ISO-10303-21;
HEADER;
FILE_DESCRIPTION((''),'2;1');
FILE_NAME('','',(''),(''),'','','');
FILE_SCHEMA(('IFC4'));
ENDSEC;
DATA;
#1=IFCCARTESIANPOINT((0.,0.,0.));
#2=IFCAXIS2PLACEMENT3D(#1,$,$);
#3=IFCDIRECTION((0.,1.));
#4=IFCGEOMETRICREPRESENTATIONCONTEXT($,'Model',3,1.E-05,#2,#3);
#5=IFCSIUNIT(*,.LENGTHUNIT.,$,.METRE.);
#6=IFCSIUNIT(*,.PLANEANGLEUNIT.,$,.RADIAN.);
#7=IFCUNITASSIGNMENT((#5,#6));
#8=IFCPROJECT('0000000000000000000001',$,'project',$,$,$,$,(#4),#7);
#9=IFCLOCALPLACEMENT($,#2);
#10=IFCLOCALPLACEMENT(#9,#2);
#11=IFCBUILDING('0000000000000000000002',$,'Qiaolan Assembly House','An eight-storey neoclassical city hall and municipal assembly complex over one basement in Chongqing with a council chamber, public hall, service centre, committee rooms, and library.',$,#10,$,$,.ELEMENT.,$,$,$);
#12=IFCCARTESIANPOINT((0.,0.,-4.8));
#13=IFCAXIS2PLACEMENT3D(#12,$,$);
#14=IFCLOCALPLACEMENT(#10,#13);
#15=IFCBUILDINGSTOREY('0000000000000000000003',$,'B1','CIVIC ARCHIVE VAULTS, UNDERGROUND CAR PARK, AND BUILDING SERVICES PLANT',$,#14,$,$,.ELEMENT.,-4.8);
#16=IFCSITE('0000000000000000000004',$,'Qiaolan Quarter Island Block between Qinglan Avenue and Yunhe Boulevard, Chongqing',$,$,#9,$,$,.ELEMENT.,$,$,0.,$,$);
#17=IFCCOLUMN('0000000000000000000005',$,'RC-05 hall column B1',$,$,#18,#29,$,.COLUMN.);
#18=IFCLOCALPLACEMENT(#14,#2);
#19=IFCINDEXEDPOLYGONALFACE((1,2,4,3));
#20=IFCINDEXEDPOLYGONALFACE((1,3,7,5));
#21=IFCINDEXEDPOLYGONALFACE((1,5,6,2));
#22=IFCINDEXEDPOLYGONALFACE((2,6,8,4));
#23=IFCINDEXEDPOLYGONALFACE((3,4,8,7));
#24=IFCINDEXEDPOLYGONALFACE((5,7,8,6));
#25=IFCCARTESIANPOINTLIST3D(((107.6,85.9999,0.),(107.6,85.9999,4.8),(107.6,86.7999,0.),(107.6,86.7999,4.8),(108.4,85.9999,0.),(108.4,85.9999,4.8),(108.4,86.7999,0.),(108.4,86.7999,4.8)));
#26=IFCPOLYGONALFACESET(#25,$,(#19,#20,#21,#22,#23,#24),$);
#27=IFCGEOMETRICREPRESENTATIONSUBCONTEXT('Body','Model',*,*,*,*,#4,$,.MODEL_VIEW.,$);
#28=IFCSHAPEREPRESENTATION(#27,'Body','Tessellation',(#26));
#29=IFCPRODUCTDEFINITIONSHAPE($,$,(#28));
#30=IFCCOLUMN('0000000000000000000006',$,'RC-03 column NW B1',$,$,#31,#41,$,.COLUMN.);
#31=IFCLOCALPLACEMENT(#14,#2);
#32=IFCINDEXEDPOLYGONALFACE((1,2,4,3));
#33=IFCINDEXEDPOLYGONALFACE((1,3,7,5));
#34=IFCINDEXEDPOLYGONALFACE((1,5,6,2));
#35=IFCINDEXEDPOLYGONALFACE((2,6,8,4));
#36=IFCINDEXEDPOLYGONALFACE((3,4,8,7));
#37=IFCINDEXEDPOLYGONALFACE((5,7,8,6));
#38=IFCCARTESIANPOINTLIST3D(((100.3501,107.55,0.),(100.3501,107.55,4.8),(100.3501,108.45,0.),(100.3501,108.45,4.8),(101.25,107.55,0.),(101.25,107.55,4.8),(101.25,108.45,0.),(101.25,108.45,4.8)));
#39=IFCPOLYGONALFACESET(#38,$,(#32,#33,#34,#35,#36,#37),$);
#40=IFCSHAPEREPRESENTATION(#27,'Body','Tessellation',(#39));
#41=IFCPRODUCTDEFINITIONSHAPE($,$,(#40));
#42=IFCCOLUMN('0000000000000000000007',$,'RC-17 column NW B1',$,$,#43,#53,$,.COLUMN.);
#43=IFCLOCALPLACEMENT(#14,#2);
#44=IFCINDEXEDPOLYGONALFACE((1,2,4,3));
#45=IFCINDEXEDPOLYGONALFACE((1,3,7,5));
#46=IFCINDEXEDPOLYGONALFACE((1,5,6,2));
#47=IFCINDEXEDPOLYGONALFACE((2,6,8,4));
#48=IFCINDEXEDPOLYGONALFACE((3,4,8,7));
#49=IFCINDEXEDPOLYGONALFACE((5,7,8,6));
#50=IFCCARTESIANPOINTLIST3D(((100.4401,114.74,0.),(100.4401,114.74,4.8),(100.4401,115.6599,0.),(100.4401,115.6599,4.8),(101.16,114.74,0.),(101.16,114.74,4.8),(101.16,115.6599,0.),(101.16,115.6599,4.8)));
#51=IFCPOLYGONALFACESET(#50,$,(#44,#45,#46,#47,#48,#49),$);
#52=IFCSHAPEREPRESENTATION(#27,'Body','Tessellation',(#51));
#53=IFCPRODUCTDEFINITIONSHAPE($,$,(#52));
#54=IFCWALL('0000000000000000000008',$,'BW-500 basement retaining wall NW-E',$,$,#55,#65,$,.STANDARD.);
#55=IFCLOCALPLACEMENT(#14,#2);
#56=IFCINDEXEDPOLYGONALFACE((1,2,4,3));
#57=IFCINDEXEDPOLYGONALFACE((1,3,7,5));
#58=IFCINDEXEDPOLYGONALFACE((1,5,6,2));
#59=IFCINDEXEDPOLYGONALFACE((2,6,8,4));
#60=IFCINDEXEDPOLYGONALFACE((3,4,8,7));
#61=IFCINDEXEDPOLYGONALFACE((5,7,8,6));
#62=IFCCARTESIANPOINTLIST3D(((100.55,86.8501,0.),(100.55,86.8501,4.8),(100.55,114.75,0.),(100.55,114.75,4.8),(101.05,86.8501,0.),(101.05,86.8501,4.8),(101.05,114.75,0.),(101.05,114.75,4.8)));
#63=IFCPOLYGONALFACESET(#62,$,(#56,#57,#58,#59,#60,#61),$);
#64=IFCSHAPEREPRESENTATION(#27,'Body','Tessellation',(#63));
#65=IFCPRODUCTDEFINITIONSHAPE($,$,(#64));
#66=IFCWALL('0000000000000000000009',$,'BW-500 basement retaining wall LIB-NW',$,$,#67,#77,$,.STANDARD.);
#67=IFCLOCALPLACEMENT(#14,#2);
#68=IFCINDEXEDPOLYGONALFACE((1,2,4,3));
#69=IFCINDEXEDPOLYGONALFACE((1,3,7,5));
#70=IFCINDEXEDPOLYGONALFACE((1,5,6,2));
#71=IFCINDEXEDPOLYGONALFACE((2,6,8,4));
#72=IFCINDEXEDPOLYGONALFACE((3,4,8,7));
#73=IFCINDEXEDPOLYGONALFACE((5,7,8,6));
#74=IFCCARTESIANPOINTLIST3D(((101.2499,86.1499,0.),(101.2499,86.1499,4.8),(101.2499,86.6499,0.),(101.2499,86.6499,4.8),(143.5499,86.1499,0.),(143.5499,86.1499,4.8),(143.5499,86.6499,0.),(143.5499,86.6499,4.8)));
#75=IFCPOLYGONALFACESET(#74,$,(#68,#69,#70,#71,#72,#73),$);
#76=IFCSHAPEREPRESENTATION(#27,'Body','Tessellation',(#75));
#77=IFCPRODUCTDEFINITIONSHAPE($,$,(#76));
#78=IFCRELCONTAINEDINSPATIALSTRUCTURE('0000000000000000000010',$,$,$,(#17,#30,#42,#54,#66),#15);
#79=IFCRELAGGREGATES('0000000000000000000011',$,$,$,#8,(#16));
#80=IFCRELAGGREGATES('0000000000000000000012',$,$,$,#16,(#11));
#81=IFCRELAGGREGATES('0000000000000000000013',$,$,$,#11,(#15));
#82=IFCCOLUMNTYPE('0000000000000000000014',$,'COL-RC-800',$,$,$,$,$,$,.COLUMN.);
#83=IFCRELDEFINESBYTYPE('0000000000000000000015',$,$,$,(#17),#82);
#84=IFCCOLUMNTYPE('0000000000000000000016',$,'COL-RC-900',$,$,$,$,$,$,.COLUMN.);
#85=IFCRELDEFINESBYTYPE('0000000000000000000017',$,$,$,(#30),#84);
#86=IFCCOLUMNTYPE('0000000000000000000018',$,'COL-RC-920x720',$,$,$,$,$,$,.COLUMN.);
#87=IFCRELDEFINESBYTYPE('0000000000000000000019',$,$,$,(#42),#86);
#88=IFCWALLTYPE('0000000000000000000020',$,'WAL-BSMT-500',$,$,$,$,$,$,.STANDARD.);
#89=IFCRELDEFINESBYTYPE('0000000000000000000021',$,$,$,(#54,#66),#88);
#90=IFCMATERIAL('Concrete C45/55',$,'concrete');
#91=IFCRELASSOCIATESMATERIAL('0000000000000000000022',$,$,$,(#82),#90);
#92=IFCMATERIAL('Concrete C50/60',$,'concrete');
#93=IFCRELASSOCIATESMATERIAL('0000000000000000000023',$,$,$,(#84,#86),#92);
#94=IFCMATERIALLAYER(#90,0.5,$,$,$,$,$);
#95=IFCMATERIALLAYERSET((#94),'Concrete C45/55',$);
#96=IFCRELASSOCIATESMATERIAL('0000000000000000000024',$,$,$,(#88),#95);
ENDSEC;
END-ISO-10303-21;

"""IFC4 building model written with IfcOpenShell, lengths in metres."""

from ifc_helpers import new_model, si_unit, direction, frame, frame_2d, origin, origin_2d, place, context, subcontext, project, spatial, rectangle, extrude, material, layer, layer_set, material_profile, profile_set, type_object, element, save


model = new_model("IFC4")

# Units and contexts
model_context = context("Model", 3, precision=1e-05, world=origin(), true_north=direction((0.0, 1.0)))
body_context = subcontext(model_context, "Body", "Model", "MODEL_VIEW")
ifc_project = project(units=[si_unit("LENGTHUNIT", "METRE"), si_unit("PLANEANGLEUNIT", "RADIAN")], contexts=[model_context])

# Site, building, storey
site_placement = place(None, origin())
site = spatial("IfcSite", under=ifc_project, at=site_placement, Name="Qiaolan Quarter Island Block between Qinglan Avenue and Yunhe Boulevard, Chongqing", CompositionType="ELEMENT", RefElevation=0.0)
building_placement = place(site_placement, origin())
building = spatial("IfcBuilding", under=site, at=building_placement, Name="Qiaolan Assembly House", Description="An eight-storey neoclassical city hall and municipal assembly complex over one basement in Chongqing with a council chamber, public hall, service centre, committee rooms, and library.", CompositionType="ELEMENT")
storey_placement = place(building_placement, frame((0.0, 0.0, -4.8)))
storey = spatial("IfcBuildingStorey", under=building, at=storey_placement, Name="B1", Description="CIVIC ARCHIVE VAULTS, UNDERGROUND CAR PARK, AND BUILDING SERVICES PLANT", CompositionType="ELEMENT", Elevation=-4.8)

# Shared definitions
ifc_material_1 = material(Name="Concrete C45/55", Category="concrete")

# Columns
ifc_material_profile_1 = material_profile(ifc_material_1, rectangle(XDim=0.8, YDim=0.8, at=origin_2d()), Name="RC 800x800")
ifc_profile_set_1 = profile_set([ifc_material_profile_1], Name="Concrete C45/55")
column_type_1 = type_object("IfcColumnType", Name="COL-RC-800", PredefinedType="COLUMN", material=ifc_profile_set_1)
column_1_placement = place(storey_placement, frame((108.0, 86.3999, 0.0), z_axis=(0.0, 0.0, 1.0), x_axis=(1.0, 0.0, 0.0)))
element("IfcColumn", 1, at=column_1_placement, inside=storey, type_object=column_type_1, Name="RC-05 hall column B1", PredefinedType="COLUMN", context=body_context, shape_type="SweptSolid", body=[
    extrude(rectangle(XDim=0.8, YDim=0.8, at=origin_2d()), origin(), (0.0, 0.0, 1.0), 4.8),
])
ifc_material_2 = material(Name="Concrete C50/60", Category="concrete")
ifc_material_profile_2 = material_profile(ifc_material_2, rectangle(XDim=0.8999, YDim=0.8999, at=origin_2d()), Name="RC 900x900")
ifc_profile_set_2 = profile_set([ifc_material_profile_2], Name="Concrete C50/60")
column_type_2 = type_object("IfcColumnType", Name="COL-RC-900", PredefinedType="COLUMN", material=ifc_profile_set_2)
column_2_placement = place(storey_placement, frame((100.8, 108.0, 0.0), z_axis=(0.0, 0.0, 1.0), x_axis=(1.0, 0.0, 0.0)))
element("IfcColumn", 2, at=column_2_placement, inside=storey, type_object=column_type_2, Name="RC-03 column NW B1", PredefinedType="COLUMN", context=body_context, shape_type="SweptSolid", body=[
    extrude(rectangle(XDim=0.8999, YDim=0.8999, at=origin_2d()), origin(), (0.0, 0.0, 1.0), 4.8),
])
ifc_material_profile_3 = material_profile(ifc_material_2, rectangle(XDim=0.72, YDim=0.9199, at=origin_2d()), Name="RC 920x720")
ifc_profile_set_3 = profile_set([ifc_material_profile_3], Name="Concrete C50/60")
column_type_3 = type_object("IfcColumnType", Name="COL-RC-920x720", PredefinedType="COLUMN", material=ifc_profile_set_3)
column_3_placement = place(storey_placement, frame((100.8, 115.2, 0.0), z_axis=(0.0, 0.0, 1.0), x_axis=(1.0, 0.0, 0.0)))
element("IfcColumn", 3, at=column_3_placement, inside=storey, type_object=column_type_3, Name="RC-17 column NW B1", PredefinedType="COLUMN", context=body_context, shape_type="SweptSolid", body=[
    extrude(rectangle(XDim=0.72, YDim=0.9199, at=origin_2d()), origin(), (0.0, 0.0, 1.0), 4.8),
])

# Walls
ifc_layer = layer(ifc_material_1, 0.5)
ifc_layer_set = layer_set([ifc_layer], Name="Concrete C45/55")
wall_type = type_object("IfcWallType", Name="WAL-BSMT-500", PredefinedType="STANDARD", material=ifc_layer_set)
wall_1_placement = place(storey_placement, frame((100.8, 114.75, 0.0), z_axis=(0.0, 0.0, 1.0), x_axis=(0.0, -1.0, 0.0)))
element("IfcWall", 4, at=wall_1_placement, inside=storey, type_object=wall_type, Name="BW-500 basement retaining wall NW-E", PredefinedType="STANDARD", context=body_context, shape_type="SweptSolid", body=[
    extrude(rectangle(XDim=27.8999, YDim=0.5, at=frame_2d((13.95, 0.0))), origin(), (0.0, 0.0, 1.0), 4.8),
])
wall_2_placement = place(storey_placement, frame((101.25, 86.3999, 0.0), z_axis=(0.0, 0.0, 1.0), x_axis=(1.0, 0.0, 0.0)))
element("IfcWall", 5, at=wall_2_placement, inside=storey, type_object=wall_type, Name="BW-500 basement retaining wall LIB-NW", PredefinedType="STANDARD", context=body_context, shape_type="SweptSolid", body=[
    extrude(rectangle(XDim=42.3, YDim=0.5, at=frame_2d((21.1499, 0.0))), origin(), (0.0, 0.0, 1.0), 4.8),
])

save(model, "model.ifc")
